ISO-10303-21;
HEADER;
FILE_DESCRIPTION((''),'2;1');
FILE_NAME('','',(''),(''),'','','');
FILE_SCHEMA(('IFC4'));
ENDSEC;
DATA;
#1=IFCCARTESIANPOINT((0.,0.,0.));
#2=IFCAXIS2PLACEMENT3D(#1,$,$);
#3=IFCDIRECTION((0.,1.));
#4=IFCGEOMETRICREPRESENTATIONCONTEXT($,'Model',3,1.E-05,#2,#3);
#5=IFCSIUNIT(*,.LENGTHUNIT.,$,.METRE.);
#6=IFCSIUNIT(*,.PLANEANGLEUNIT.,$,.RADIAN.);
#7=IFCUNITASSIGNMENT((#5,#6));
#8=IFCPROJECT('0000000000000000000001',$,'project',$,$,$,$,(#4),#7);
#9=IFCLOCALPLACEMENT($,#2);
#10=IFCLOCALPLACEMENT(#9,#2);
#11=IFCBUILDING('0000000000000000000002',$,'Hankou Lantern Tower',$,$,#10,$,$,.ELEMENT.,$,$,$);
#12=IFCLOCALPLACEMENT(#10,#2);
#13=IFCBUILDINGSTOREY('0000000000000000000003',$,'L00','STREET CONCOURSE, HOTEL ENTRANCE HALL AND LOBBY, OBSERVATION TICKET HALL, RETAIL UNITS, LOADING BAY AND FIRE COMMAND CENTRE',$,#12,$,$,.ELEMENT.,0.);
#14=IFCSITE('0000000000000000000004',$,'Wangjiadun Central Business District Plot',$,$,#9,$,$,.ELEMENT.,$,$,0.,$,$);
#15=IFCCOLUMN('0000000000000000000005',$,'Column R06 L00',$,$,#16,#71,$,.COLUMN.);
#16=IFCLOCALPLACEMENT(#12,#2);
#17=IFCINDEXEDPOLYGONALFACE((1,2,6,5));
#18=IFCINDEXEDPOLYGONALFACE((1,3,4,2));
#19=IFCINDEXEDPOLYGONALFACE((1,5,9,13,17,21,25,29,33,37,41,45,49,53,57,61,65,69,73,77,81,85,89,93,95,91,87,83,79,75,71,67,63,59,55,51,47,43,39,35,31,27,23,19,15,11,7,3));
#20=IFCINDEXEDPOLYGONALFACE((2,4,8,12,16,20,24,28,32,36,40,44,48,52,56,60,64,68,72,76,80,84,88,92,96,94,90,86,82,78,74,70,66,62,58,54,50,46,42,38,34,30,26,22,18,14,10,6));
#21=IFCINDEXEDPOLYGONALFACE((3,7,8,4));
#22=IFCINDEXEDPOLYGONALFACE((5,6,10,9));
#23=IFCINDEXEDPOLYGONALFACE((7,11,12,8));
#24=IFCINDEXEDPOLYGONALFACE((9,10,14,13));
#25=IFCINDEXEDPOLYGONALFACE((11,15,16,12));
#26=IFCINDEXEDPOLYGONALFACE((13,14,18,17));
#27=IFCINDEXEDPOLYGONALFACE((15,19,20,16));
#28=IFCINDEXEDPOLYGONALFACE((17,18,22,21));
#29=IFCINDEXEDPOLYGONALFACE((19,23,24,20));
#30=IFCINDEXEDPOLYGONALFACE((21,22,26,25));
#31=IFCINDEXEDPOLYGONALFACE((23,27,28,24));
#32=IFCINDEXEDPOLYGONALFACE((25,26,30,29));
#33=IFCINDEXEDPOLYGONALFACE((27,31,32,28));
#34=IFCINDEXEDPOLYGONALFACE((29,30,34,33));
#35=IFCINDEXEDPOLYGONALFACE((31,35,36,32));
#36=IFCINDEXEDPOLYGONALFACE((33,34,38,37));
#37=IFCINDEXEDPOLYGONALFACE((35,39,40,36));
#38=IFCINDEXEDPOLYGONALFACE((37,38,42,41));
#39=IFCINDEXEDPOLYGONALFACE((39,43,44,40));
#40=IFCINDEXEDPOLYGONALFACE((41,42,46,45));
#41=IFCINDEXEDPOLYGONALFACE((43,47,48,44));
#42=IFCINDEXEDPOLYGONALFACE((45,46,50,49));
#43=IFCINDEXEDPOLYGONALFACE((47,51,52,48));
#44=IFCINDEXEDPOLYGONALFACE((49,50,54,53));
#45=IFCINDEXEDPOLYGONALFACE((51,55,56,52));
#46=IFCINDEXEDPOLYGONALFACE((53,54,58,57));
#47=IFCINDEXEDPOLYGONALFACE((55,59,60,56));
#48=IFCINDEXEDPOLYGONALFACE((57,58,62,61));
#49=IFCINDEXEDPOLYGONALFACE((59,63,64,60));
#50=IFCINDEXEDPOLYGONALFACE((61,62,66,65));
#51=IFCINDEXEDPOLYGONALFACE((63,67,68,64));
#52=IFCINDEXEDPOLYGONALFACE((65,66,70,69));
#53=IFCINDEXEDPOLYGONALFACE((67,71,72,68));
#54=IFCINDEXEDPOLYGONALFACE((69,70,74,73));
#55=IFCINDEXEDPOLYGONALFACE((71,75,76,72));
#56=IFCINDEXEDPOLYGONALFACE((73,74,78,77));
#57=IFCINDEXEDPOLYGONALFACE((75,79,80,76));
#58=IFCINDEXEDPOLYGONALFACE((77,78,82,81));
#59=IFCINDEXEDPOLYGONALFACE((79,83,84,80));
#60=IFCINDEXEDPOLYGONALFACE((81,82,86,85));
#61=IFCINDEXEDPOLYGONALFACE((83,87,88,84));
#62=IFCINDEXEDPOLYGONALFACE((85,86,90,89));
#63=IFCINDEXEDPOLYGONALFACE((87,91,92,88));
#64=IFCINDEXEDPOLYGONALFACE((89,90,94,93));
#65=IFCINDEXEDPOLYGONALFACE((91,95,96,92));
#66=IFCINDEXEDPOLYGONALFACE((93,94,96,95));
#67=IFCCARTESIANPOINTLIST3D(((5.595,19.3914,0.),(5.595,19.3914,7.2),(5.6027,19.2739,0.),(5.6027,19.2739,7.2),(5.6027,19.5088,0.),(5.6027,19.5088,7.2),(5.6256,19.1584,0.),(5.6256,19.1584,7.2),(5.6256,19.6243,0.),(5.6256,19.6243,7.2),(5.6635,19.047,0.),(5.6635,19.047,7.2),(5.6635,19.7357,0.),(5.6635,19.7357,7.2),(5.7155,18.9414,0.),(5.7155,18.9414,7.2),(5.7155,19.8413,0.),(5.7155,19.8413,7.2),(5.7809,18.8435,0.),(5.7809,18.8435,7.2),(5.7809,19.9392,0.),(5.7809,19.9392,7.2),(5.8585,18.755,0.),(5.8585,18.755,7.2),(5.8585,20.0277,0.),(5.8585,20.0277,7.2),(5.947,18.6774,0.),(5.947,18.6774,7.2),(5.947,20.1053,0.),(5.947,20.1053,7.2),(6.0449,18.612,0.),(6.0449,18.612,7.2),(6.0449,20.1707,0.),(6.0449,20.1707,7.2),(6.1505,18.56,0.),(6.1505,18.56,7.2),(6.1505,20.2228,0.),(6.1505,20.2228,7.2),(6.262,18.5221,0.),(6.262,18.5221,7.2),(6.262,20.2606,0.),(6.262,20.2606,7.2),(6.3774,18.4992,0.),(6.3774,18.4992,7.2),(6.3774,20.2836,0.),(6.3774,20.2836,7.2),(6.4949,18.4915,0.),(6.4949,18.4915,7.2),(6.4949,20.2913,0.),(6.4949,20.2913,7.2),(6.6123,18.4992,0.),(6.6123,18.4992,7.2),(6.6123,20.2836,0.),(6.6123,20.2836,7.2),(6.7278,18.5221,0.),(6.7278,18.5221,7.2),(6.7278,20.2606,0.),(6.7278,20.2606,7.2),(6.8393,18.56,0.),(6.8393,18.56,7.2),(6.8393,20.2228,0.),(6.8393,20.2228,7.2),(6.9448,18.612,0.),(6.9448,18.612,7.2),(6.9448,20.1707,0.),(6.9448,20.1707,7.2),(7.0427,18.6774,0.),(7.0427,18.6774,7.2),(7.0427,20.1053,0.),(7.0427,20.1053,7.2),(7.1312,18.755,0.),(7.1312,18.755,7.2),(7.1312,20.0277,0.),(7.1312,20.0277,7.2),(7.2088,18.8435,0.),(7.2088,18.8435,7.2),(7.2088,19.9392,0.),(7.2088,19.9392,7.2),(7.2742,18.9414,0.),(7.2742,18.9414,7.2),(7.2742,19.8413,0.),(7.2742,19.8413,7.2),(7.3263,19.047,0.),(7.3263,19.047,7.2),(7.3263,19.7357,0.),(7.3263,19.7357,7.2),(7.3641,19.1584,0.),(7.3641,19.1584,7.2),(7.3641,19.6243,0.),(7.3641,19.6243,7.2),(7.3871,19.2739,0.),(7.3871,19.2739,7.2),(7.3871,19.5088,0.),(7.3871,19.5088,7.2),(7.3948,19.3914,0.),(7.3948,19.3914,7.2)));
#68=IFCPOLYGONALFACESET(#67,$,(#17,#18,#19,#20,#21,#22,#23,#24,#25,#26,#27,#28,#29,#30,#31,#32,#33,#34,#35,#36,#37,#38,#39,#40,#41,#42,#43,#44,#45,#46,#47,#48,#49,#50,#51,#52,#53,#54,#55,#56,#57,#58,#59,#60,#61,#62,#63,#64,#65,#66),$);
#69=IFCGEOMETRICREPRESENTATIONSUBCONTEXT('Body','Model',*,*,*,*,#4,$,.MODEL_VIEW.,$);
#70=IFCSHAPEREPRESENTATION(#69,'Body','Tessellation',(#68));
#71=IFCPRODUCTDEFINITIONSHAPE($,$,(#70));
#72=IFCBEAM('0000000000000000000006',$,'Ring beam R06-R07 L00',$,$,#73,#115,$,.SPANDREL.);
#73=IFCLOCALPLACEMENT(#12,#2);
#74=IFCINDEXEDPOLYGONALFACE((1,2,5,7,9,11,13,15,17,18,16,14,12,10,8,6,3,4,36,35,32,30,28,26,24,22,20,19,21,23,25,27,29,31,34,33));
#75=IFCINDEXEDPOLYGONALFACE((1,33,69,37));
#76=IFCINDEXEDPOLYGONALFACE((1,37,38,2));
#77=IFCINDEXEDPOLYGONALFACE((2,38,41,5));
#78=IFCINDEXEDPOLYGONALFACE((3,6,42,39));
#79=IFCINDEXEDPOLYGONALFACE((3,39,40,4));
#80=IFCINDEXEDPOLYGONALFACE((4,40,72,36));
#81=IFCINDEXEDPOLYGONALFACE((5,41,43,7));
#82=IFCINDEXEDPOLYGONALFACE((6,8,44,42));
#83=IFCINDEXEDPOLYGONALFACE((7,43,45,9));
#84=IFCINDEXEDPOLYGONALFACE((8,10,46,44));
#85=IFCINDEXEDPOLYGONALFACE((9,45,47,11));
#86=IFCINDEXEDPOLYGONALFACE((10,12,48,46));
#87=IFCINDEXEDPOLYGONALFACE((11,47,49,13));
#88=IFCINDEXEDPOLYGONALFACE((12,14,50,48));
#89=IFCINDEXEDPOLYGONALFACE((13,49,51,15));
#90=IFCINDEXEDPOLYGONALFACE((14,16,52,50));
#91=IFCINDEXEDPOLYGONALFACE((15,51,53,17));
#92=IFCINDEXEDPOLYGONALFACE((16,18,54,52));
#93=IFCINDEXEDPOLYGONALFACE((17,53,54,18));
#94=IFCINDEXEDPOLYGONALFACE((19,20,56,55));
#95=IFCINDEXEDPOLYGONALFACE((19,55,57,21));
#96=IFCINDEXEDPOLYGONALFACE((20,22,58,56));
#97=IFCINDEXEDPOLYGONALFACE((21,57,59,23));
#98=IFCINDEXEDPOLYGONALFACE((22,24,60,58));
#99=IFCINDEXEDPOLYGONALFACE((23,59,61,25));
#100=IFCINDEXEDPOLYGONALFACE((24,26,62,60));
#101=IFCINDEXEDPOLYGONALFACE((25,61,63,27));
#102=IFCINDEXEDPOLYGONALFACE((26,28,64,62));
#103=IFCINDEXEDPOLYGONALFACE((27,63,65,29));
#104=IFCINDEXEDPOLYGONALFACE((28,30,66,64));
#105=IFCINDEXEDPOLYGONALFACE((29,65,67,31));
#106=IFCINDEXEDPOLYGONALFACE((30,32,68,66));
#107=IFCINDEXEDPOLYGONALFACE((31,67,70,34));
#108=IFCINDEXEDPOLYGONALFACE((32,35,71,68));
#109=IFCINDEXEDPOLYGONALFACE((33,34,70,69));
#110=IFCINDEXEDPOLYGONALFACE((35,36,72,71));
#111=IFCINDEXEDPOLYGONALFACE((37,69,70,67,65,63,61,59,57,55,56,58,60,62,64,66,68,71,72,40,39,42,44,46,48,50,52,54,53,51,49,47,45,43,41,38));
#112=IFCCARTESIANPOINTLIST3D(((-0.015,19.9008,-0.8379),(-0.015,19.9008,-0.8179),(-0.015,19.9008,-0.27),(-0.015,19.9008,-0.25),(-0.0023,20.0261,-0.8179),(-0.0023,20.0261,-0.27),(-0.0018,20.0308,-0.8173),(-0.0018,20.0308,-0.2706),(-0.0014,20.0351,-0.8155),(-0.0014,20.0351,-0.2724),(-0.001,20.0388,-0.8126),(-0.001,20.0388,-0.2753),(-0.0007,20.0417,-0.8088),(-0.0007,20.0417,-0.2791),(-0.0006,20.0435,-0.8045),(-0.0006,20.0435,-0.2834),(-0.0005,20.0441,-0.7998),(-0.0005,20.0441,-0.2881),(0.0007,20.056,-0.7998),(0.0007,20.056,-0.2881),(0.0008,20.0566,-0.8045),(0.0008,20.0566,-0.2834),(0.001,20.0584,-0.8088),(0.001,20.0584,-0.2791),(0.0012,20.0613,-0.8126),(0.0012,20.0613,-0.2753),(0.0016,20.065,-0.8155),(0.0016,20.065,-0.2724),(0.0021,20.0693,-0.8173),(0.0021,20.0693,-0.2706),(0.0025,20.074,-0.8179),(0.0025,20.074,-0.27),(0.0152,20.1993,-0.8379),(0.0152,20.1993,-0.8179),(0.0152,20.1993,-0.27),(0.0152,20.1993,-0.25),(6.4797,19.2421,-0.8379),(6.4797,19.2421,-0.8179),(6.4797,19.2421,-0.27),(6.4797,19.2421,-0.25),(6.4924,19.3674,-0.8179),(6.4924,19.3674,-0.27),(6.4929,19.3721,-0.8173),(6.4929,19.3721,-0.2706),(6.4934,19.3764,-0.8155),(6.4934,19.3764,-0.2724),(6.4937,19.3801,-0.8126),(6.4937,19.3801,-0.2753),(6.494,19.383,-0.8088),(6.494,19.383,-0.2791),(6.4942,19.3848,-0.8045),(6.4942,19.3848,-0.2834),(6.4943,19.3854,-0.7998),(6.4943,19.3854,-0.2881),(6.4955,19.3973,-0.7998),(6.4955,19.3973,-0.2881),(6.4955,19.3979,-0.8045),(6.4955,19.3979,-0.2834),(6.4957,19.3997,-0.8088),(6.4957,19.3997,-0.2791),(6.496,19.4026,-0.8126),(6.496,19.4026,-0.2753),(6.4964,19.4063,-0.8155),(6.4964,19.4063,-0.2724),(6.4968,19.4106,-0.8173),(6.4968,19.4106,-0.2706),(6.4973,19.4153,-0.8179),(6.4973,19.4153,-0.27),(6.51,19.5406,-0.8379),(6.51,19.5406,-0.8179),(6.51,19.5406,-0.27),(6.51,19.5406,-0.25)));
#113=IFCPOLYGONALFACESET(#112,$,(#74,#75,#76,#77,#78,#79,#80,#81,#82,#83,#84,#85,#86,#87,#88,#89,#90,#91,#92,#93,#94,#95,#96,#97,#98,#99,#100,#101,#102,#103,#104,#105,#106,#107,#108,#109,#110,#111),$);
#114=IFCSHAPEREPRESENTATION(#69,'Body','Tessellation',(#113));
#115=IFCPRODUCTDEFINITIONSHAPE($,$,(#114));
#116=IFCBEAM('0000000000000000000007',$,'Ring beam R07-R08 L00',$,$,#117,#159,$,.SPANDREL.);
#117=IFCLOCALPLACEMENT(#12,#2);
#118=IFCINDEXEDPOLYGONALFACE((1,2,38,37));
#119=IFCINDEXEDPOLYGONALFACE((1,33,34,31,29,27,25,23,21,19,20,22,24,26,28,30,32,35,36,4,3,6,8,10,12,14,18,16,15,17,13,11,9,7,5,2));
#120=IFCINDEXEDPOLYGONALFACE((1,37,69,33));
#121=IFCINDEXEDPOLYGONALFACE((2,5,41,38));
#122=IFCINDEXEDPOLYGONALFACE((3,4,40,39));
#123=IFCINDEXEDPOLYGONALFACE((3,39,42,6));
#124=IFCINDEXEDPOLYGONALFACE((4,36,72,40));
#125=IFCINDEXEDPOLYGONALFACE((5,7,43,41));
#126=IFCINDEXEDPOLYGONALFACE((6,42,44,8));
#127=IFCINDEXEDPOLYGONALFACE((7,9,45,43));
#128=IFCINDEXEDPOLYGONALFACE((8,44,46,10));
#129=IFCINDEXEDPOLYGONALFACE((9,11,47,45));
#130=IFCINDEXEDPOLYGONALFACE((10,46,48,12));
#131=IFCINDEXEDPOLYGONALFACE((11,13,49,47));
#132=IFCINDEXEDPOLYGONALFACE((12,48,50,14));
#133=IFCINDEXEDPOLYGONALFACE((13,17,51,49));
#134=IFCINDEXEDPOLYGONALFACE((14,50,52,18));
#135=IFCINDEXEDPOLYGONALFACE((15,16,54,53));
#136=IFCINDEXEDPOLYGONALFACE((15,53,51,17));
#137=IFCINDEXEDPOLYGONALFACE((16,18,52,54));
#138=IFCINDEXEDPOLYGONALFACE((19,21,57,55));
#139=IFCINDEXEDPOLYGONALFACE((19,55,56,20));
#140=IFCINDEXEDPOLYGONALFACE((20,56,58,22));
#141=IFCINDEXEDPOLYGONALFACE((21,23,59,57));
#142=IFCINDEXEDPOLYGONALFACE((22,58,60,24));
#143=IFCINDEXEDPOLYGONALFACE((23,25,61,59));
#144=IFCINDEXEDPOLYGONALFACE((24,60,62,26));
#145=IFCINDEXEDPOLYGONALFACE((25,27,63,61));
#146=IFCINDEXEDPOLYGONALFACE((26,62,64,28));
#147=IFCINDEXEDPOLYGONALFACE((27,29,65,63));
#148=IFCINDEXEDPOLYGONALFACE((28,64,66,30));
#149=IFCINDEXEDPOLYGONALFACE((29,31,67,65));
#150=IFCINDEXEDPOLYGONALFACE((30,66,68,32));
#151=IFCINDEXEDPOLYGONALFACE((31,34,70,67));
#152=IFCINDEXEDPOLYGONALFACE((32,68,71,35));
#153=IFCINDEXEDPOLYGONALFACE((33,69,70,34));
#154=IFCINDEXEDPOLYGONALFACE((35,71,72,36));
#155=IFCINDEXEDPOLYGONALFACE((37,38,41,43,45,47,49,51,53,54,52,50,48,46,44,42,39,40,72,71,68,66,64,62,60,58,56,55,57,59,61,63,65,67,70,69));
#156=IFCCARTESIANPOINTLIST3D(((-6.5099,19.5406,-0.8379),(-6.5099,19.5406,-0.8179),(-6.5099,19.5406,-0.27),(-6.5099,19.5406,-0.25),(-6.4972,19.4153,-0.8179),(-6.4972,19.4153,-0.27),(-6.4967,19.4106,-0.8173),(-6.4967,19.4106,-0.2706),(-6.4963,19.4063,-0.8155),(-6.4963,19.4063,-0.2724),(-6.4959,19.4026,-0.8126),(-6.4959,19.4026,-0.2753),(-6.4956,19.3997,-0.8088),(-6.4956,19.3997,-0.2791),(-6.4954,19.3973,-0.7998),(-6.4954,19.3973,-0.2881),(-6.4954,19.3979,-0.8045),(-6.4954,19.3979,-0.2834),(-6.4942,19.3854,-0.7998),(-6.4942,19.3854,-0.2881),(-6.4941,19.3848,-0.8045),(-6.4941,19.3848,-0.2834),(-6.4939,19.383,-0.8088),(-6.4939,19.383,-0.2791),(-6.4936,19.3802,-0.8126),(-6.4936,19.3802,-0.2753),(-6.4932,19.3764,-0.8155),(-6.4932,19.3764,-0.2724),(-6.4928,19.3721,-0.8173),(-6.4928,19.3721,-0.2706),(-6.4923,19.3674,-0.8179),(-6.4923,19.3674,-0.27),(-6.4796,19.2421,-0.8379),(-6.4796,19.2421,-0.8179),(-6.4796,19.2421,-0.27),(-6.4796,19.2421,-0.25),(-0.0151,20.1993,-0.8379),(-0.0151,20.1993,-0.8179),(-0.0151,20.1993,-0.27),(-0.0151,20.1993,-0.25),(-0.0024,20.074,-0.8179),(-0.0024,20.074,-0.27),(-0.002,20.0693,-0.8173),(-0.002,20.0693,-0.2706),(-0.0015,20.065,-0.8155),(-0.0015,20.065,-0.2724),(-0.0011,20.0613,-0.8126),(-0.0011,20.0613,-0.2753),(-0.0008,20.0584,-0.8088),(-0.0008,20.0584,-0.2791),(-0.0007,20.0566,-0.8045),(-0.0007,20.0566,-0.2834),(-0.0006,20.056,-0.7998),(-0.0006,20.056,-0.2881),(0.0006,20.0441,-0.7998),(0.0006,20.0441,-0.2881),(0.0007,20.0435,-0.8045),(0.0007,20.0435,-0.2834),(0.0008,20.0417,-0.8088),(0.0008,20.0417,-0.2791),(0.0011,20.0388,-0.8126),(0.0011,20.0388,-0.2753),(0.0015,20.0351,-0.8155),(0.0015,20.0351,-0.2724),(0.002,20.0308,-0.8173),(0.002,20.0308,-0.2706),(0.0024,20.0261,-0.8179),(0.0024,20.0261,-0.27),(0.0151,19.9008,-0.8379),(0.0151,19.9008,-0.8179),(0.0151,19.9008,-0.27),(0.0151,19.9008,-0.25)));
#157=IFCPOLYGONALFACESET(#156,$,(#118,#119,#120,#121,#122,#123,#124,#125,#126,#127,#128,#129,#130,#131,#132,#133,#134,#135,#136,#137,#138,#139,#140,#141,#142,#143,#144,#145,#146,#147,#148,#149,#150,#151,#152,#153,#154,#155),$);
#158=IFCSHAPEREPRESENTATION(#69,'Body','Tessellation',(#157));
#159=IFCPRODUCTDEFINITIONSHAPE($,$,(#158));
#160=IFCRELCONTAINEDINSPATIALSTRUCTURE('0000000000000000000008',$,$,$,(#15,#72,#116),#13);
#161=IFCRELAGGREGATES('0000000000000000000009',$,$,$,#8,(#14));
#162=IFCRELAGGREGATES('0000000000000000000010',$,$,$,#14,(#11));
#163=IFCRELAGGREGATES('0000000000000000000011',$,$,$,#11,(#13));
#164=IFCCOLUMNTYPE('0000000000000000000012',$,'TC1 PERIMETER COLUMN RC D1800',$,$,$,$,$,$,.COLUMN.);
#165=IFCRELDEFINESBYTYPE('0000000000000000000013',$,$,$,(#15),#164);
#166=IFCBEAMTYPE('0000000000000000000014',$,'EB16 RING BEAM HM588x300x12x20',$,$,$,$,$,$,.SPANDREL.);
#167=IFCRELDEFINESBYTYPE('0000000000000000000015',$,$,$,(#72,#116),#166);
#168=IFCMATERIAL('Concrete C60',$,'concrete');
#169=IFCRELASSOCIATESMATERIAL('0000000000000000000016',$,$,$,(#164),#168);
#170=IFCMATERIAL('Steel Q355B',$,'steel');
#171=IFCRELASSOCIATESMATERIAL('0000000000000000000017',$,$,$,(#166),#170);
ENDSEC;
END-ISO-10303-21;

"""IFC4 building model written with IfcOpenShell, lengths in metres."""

from ifc_helpers import new_model, si_unit, direction, frame, origin, origin_2d, place, context, subcontext, project, spatial, circle, i_section, extrude, material, material_profile, profile_set, type_object, element, save


model = new_model("IFC4")

# Units and contexts
model_context = context("Model", 3, precision=1e-05, world=origin(), true_north=direction((0.0, 1.0)))
body_context = subcontext(model_context, "Body", "Model", "MODEL_VIEW")
ifc_project = project(units=[si_unit("LENGTHUNIT", "METRE"), si_unit("PLANEANGLEUNIT", "RADIAN")], contexts=[model_context])

# Site, building, storey
site_placement = place(None, origin())
site = spatial("IfcSite", under=ifc_project, at=site_placement, Name="Wangjiadun Central Business District Plot", CompositionType="ELEMENT", RefElevation=0.0)
building_placement = place(site_placement, origin())
building = spatial("IfcBuilding", under=site, at=building_placement, Name="Hankou Lantern Tower", CompositionType="ELEMENT")
storey_placement = place(building_placement, origin())
storey = spatial("IfcBuildingStorey", under=building, at=storey_placement, Name="L00", Description="STREET CONCOURSE, HOTEL ENTRANCE HALL AND LOBBY, OBSERVATION TICKET HALL, RETAIL UNITS, LOADING BAY AND FIRE COMMAND CENTRE", CompositionType="ELEMENT", Elevation=0.0)

# Column
ifc_material_1 = material(Name="Concrete C60", Category="concrete")
ifc_material_profile_1 = material_profile(ifc_material_1, circle(Radius=0.8999, at=origin_2d()), Name="RC D1800")
ifc_profile_set_1 = profile_set([ifc_material_profile_1], Name="Concrete C60")
column_type = type_object("IfcColumnType", Name="TC1 PERIMETER COLUMN RC D1800", PredefinedType="COLUMN", material=ifc_profile_set_1)
column_placement = place(storey_placement, frame((6.4949, 19.3914, 0.0), z_axis=(0.0, 0.0, 1.0), x_axis=(1.0, 0.0, 0.0)))
element("IfcColumn", 1, at=column_placement, inside=storey, type_object=column_type, Name="Column R06 L00", PredefinedType="COLUMN", context=body_context, shape_type="SweptSolid", body=[
    extrude(circle(Radius=0.8999, at=origin_2d()), origin(), (0.0, 0.0, 1.0), 7.2),
])

# Beams
ifc_material_2 = material(Name="Steel Q355B", Category="steel")
ifc_material_profile_2 = material_profile(ifc_material_2, i_section(OverallWidth=0.3, OverallDepth=0.5879, WebThickness=0.012, FlangeThickness=0.02, FilletRadius=0.0181, at=origin_2d()), Name="HM588x300x12x20")
ifc_profile_set_2 = profile_set([ifc_material_profile_2], Name="Steel Q355B")
beam_type_1 = type_object("IfcBeamType", Name="EB16 RING BEAM HM588x300x12x20", PredefinedType="SPANDREL", material=ifc_profile_set_2)
for number, where, z_axis, x_axis, name in (
    (2, (6.4949, 19.3914, -0.5439), (-0.994897, 0.1009, 0.0), (-0.1009, -0.994897, 0.0), "Ring beam R06-R07 L00"),
    (3, (0.0, 20.05, -0.5439), (-0.994897, -0.1009, 0.0), (0.1009, -0.994897, 0.0), "Ring beam R07-R08 L00"),
):
    element("IfcBeam", number, at=place(storey_placement, frame(where, z_axis=z_axis, x_axis=x_axis)), inside=storey, type_object=beam_type_1, Name=name, PredefinedType="SPANDREL", context=body_context, shape_type="SweptSolid", body=[
        extrude(i_section(OverallWidth=0.3, OverallDepth=0.5879, WebThickness=0.012, FlangeThickness=0.02, FilletRadius=0.0181, at=origin_2d()), origin(), (0.0, 0.0, 1.0), 6.5281),
    ])

save(model, "model.ifc")
